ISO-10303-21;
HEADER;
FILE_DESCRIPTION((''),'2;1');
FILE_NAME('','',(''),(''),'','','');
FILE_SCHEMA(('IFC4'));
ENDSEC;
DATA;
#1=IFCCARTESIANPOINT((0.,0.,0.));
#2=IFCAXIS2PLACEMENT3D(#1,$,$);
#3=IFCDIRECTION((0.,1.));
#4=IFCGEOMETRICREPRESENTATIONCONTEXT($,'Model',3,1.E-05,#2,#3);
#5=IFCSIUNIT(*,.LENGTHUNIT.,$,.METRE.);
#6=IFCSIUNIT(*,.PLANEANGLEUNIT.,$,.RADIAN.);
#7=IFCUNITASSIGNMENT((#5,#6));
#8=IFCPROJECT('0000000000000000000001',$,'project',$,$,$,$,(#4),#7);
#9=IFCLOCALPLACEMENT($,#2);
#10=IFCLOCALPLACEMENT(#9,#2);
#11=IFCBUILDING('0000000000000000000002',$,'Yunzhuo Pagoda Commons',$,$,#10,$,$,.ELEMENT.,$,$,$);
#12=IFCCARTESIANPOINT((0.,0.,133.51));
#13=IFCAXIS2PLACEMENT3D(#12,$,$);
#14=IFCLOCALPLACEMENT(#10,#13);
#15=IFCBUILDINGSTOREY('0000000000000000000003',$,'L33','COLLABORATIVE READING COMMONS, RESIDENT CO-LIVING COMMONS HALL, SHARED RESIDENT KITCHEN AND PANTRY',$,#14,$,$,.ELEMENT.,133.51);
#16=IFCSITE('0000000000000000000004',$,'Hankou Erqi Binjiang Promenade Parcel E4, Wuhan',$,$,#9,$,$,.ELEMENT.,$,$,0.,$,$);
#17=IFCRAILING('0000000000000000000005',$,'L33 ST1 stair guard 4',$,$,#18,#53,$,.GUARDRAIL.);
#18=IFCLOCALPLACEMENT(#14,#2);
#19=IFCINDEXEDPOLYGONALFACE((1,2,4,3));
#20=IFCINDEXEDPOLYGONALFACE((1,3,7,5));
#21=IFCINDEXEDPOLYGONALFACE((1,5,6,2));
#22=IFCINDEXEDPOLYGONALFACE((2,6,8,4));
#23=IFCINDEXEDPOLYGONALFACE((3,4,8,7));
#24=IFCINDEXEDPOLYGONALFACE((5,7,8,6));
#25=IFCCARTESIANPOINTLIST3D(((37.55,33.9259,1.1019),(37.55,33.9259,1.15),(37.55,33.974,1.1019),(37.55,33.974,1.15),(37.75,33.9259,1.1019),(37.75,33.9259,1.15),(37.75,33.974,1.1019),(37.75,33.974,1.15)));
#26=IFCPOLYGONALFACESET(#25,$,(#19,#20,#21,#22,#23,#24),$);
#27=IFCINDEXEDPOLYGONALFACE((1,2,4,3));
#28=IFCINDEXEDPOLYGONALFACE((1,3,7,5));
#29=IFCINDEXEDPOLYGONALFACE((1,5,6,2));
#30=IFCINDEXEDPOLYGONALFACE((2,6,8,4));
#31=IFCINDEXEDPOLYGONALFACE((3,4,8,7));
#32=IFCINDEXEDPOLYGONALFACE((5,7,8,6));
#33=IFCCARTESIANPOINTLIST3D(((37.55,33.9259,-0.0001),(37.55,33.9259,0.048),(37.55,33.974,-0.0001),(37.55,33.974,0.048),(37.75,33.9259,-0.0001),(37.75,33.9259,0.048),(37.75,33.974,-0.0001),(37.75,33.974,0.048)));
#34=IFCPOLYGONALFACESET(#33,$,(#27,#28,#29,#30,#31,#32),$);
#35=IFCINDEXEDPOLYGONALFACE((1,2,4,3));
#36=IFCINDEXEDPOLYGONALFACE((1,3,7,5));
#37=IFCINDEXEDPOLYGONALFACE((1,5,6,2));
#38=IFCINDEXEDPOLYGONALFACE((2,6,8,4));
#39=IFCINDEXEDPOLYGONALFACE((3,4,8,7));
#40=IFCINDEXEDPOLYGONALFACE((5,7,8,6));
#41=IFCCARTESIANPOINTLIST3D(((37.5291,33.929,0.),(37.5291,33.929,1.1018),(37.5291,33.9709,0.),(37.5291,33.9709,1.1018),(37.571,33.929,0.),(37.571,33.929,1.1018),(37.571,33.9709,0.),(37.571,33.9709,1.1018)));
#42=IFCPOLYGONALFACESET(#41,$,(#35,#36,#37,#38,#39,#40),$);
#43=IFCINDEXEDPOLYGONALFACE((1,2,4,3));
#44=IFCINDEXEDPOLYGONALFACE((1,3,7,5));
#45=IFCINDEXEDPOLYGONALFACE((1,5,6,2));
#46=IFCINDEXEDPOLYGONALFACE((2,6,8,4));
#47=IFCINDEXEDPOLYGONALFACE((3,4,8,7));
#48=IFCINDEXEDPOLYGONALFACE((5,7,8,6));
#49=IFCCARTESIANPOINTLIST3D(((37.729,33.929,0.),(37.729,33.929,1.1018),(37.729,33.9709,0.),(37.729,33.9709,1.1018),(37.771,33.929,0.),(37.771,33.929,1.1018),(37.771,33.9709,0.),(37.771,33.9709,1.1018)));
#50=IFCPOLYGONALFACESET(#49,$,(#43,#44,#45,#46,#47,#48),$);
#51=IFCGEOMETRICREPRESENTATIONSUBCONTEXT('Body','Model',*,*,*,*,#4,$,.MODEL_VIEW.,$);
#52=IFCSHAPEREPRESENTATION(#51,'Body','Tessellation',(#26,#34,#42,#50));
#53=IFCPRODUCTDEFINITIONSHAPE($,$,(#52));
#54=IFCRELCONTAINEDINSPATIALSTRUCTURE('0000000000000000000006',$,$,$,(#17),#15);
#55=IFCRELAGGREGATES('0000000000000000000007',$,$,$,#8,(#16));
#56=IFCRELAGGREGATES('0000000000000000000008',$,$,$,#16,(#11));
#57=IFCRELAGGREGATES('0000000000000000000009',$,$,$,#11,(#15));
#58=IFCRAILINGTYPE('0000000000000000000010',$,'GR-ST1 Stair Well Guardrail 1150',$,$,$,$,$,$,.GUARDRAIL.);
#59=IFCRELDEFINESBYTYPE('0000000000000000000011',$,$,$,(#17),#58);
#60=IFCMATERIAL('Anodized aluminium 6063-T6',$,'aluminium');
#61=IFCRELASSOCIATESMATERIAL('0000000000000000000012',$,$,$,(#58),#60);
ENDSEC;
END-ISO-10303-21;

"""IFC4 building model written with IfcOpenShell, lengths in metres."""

from ifc_helpers import new_model, si_unit, direction, frame, origin, origin_2d, place, context, subcontext, project, spatial, rectangle, extrude, material, type_object, element, save


model = new_model("IFC4")

# Units and contexts
model_context = context("Model", 3, precision=1e-05, world=origin(), true_north=direction((0.0, 1.0)))
body_context = subcontext(model_context, "Body", "Model", "MODEL_VIEW")
ifc_project = project(units=[si_unit("LENGTHUNIT", "METRE"), si_unit("PLANEANGLEUNIT", "RADIAN")], contexts=[model_context])

# Site, building, storey
site_placement = place(None, origin())
site = spatial("IfcSite", under=ifc_project, at=site_placement, Name="Hankou Erqi Binjiang Promenade Parcel E4, Wuhan", CompositionType="ELEMENT", RefElevation=0.0)
building_placement = place(site_placement, origin())
building = spatial("IfcBuilding", under=site, at=building_placement, Name="Yunzhuo Pagoda Commons", CompositionType="ELEMENT")
storey_placement = place(building_placement, frame((0.0, 0.0, 133.51)))
storey = spatial("IfcBuildingStorey", under=building, at=storey_placement, Name="L33", Description="COLLABORATIVE READING COMMONS, RESIDENT CO-LIVING COMMONS HALL, SHARED RESIDENT KITCHEN AND PANTRY", CompositionType="ELEMENT", Elevation=133.51)

# Railing
ifc_material_1 = material(Name="Anodized aluminium 6063-T6", Category="aluminium")
railing_type = type_object("IfcRailingType", Name="GR-ST1 Stair Well Guardrail 1150", PredefinedType="GUARDRAIL", material=ifc_material_1)
railing_1_placement = place(storey_placement, frame((37.55, 33.95, 0.0)))
element("IfcRailing", 1, at=railing_1_placement, inside=storey, type_object=railing_type, Name="L33 ST1 stair guard 4", PredefinedType="GUARDRAIL", context=body_context, shape_type="SweptSolid", body=[
    extrude(rectangle(XDim=0.0481, YDim=0.0481, at=origin_2d()), frame((0.0, 0.0, 1.126), z_axis=(1.0, 0.0, 0.0), x_axis=(0.0, 1.0, 0.0)), (0.0, 0.0, 1.0), 0.2),
    extrude(rectangle(XDim=0.0481, YDim=0.0481, at=origin_2d()), frame((0.0, 0.0, 0.0239), z_axis=(1.0, 0.0, 0.0), x_axis=(0.0, 1.0, 0.0)), (0.0, 0.0, 1.0), 0.2),
    extrude(rectangle(XDim=0.042, YDim=0.042, at=origin_2d()), origin(), (0.0, 0.0, 1.0), 1.1018),
    extrude(rectangle(XDim=0.042, YDim=0.042, at=origin_2d()), frame((0.2, 0.0, 0.0)), (0.0, 0.0, 1.0), 1.1018),
])

save(model, "model.ifc")
